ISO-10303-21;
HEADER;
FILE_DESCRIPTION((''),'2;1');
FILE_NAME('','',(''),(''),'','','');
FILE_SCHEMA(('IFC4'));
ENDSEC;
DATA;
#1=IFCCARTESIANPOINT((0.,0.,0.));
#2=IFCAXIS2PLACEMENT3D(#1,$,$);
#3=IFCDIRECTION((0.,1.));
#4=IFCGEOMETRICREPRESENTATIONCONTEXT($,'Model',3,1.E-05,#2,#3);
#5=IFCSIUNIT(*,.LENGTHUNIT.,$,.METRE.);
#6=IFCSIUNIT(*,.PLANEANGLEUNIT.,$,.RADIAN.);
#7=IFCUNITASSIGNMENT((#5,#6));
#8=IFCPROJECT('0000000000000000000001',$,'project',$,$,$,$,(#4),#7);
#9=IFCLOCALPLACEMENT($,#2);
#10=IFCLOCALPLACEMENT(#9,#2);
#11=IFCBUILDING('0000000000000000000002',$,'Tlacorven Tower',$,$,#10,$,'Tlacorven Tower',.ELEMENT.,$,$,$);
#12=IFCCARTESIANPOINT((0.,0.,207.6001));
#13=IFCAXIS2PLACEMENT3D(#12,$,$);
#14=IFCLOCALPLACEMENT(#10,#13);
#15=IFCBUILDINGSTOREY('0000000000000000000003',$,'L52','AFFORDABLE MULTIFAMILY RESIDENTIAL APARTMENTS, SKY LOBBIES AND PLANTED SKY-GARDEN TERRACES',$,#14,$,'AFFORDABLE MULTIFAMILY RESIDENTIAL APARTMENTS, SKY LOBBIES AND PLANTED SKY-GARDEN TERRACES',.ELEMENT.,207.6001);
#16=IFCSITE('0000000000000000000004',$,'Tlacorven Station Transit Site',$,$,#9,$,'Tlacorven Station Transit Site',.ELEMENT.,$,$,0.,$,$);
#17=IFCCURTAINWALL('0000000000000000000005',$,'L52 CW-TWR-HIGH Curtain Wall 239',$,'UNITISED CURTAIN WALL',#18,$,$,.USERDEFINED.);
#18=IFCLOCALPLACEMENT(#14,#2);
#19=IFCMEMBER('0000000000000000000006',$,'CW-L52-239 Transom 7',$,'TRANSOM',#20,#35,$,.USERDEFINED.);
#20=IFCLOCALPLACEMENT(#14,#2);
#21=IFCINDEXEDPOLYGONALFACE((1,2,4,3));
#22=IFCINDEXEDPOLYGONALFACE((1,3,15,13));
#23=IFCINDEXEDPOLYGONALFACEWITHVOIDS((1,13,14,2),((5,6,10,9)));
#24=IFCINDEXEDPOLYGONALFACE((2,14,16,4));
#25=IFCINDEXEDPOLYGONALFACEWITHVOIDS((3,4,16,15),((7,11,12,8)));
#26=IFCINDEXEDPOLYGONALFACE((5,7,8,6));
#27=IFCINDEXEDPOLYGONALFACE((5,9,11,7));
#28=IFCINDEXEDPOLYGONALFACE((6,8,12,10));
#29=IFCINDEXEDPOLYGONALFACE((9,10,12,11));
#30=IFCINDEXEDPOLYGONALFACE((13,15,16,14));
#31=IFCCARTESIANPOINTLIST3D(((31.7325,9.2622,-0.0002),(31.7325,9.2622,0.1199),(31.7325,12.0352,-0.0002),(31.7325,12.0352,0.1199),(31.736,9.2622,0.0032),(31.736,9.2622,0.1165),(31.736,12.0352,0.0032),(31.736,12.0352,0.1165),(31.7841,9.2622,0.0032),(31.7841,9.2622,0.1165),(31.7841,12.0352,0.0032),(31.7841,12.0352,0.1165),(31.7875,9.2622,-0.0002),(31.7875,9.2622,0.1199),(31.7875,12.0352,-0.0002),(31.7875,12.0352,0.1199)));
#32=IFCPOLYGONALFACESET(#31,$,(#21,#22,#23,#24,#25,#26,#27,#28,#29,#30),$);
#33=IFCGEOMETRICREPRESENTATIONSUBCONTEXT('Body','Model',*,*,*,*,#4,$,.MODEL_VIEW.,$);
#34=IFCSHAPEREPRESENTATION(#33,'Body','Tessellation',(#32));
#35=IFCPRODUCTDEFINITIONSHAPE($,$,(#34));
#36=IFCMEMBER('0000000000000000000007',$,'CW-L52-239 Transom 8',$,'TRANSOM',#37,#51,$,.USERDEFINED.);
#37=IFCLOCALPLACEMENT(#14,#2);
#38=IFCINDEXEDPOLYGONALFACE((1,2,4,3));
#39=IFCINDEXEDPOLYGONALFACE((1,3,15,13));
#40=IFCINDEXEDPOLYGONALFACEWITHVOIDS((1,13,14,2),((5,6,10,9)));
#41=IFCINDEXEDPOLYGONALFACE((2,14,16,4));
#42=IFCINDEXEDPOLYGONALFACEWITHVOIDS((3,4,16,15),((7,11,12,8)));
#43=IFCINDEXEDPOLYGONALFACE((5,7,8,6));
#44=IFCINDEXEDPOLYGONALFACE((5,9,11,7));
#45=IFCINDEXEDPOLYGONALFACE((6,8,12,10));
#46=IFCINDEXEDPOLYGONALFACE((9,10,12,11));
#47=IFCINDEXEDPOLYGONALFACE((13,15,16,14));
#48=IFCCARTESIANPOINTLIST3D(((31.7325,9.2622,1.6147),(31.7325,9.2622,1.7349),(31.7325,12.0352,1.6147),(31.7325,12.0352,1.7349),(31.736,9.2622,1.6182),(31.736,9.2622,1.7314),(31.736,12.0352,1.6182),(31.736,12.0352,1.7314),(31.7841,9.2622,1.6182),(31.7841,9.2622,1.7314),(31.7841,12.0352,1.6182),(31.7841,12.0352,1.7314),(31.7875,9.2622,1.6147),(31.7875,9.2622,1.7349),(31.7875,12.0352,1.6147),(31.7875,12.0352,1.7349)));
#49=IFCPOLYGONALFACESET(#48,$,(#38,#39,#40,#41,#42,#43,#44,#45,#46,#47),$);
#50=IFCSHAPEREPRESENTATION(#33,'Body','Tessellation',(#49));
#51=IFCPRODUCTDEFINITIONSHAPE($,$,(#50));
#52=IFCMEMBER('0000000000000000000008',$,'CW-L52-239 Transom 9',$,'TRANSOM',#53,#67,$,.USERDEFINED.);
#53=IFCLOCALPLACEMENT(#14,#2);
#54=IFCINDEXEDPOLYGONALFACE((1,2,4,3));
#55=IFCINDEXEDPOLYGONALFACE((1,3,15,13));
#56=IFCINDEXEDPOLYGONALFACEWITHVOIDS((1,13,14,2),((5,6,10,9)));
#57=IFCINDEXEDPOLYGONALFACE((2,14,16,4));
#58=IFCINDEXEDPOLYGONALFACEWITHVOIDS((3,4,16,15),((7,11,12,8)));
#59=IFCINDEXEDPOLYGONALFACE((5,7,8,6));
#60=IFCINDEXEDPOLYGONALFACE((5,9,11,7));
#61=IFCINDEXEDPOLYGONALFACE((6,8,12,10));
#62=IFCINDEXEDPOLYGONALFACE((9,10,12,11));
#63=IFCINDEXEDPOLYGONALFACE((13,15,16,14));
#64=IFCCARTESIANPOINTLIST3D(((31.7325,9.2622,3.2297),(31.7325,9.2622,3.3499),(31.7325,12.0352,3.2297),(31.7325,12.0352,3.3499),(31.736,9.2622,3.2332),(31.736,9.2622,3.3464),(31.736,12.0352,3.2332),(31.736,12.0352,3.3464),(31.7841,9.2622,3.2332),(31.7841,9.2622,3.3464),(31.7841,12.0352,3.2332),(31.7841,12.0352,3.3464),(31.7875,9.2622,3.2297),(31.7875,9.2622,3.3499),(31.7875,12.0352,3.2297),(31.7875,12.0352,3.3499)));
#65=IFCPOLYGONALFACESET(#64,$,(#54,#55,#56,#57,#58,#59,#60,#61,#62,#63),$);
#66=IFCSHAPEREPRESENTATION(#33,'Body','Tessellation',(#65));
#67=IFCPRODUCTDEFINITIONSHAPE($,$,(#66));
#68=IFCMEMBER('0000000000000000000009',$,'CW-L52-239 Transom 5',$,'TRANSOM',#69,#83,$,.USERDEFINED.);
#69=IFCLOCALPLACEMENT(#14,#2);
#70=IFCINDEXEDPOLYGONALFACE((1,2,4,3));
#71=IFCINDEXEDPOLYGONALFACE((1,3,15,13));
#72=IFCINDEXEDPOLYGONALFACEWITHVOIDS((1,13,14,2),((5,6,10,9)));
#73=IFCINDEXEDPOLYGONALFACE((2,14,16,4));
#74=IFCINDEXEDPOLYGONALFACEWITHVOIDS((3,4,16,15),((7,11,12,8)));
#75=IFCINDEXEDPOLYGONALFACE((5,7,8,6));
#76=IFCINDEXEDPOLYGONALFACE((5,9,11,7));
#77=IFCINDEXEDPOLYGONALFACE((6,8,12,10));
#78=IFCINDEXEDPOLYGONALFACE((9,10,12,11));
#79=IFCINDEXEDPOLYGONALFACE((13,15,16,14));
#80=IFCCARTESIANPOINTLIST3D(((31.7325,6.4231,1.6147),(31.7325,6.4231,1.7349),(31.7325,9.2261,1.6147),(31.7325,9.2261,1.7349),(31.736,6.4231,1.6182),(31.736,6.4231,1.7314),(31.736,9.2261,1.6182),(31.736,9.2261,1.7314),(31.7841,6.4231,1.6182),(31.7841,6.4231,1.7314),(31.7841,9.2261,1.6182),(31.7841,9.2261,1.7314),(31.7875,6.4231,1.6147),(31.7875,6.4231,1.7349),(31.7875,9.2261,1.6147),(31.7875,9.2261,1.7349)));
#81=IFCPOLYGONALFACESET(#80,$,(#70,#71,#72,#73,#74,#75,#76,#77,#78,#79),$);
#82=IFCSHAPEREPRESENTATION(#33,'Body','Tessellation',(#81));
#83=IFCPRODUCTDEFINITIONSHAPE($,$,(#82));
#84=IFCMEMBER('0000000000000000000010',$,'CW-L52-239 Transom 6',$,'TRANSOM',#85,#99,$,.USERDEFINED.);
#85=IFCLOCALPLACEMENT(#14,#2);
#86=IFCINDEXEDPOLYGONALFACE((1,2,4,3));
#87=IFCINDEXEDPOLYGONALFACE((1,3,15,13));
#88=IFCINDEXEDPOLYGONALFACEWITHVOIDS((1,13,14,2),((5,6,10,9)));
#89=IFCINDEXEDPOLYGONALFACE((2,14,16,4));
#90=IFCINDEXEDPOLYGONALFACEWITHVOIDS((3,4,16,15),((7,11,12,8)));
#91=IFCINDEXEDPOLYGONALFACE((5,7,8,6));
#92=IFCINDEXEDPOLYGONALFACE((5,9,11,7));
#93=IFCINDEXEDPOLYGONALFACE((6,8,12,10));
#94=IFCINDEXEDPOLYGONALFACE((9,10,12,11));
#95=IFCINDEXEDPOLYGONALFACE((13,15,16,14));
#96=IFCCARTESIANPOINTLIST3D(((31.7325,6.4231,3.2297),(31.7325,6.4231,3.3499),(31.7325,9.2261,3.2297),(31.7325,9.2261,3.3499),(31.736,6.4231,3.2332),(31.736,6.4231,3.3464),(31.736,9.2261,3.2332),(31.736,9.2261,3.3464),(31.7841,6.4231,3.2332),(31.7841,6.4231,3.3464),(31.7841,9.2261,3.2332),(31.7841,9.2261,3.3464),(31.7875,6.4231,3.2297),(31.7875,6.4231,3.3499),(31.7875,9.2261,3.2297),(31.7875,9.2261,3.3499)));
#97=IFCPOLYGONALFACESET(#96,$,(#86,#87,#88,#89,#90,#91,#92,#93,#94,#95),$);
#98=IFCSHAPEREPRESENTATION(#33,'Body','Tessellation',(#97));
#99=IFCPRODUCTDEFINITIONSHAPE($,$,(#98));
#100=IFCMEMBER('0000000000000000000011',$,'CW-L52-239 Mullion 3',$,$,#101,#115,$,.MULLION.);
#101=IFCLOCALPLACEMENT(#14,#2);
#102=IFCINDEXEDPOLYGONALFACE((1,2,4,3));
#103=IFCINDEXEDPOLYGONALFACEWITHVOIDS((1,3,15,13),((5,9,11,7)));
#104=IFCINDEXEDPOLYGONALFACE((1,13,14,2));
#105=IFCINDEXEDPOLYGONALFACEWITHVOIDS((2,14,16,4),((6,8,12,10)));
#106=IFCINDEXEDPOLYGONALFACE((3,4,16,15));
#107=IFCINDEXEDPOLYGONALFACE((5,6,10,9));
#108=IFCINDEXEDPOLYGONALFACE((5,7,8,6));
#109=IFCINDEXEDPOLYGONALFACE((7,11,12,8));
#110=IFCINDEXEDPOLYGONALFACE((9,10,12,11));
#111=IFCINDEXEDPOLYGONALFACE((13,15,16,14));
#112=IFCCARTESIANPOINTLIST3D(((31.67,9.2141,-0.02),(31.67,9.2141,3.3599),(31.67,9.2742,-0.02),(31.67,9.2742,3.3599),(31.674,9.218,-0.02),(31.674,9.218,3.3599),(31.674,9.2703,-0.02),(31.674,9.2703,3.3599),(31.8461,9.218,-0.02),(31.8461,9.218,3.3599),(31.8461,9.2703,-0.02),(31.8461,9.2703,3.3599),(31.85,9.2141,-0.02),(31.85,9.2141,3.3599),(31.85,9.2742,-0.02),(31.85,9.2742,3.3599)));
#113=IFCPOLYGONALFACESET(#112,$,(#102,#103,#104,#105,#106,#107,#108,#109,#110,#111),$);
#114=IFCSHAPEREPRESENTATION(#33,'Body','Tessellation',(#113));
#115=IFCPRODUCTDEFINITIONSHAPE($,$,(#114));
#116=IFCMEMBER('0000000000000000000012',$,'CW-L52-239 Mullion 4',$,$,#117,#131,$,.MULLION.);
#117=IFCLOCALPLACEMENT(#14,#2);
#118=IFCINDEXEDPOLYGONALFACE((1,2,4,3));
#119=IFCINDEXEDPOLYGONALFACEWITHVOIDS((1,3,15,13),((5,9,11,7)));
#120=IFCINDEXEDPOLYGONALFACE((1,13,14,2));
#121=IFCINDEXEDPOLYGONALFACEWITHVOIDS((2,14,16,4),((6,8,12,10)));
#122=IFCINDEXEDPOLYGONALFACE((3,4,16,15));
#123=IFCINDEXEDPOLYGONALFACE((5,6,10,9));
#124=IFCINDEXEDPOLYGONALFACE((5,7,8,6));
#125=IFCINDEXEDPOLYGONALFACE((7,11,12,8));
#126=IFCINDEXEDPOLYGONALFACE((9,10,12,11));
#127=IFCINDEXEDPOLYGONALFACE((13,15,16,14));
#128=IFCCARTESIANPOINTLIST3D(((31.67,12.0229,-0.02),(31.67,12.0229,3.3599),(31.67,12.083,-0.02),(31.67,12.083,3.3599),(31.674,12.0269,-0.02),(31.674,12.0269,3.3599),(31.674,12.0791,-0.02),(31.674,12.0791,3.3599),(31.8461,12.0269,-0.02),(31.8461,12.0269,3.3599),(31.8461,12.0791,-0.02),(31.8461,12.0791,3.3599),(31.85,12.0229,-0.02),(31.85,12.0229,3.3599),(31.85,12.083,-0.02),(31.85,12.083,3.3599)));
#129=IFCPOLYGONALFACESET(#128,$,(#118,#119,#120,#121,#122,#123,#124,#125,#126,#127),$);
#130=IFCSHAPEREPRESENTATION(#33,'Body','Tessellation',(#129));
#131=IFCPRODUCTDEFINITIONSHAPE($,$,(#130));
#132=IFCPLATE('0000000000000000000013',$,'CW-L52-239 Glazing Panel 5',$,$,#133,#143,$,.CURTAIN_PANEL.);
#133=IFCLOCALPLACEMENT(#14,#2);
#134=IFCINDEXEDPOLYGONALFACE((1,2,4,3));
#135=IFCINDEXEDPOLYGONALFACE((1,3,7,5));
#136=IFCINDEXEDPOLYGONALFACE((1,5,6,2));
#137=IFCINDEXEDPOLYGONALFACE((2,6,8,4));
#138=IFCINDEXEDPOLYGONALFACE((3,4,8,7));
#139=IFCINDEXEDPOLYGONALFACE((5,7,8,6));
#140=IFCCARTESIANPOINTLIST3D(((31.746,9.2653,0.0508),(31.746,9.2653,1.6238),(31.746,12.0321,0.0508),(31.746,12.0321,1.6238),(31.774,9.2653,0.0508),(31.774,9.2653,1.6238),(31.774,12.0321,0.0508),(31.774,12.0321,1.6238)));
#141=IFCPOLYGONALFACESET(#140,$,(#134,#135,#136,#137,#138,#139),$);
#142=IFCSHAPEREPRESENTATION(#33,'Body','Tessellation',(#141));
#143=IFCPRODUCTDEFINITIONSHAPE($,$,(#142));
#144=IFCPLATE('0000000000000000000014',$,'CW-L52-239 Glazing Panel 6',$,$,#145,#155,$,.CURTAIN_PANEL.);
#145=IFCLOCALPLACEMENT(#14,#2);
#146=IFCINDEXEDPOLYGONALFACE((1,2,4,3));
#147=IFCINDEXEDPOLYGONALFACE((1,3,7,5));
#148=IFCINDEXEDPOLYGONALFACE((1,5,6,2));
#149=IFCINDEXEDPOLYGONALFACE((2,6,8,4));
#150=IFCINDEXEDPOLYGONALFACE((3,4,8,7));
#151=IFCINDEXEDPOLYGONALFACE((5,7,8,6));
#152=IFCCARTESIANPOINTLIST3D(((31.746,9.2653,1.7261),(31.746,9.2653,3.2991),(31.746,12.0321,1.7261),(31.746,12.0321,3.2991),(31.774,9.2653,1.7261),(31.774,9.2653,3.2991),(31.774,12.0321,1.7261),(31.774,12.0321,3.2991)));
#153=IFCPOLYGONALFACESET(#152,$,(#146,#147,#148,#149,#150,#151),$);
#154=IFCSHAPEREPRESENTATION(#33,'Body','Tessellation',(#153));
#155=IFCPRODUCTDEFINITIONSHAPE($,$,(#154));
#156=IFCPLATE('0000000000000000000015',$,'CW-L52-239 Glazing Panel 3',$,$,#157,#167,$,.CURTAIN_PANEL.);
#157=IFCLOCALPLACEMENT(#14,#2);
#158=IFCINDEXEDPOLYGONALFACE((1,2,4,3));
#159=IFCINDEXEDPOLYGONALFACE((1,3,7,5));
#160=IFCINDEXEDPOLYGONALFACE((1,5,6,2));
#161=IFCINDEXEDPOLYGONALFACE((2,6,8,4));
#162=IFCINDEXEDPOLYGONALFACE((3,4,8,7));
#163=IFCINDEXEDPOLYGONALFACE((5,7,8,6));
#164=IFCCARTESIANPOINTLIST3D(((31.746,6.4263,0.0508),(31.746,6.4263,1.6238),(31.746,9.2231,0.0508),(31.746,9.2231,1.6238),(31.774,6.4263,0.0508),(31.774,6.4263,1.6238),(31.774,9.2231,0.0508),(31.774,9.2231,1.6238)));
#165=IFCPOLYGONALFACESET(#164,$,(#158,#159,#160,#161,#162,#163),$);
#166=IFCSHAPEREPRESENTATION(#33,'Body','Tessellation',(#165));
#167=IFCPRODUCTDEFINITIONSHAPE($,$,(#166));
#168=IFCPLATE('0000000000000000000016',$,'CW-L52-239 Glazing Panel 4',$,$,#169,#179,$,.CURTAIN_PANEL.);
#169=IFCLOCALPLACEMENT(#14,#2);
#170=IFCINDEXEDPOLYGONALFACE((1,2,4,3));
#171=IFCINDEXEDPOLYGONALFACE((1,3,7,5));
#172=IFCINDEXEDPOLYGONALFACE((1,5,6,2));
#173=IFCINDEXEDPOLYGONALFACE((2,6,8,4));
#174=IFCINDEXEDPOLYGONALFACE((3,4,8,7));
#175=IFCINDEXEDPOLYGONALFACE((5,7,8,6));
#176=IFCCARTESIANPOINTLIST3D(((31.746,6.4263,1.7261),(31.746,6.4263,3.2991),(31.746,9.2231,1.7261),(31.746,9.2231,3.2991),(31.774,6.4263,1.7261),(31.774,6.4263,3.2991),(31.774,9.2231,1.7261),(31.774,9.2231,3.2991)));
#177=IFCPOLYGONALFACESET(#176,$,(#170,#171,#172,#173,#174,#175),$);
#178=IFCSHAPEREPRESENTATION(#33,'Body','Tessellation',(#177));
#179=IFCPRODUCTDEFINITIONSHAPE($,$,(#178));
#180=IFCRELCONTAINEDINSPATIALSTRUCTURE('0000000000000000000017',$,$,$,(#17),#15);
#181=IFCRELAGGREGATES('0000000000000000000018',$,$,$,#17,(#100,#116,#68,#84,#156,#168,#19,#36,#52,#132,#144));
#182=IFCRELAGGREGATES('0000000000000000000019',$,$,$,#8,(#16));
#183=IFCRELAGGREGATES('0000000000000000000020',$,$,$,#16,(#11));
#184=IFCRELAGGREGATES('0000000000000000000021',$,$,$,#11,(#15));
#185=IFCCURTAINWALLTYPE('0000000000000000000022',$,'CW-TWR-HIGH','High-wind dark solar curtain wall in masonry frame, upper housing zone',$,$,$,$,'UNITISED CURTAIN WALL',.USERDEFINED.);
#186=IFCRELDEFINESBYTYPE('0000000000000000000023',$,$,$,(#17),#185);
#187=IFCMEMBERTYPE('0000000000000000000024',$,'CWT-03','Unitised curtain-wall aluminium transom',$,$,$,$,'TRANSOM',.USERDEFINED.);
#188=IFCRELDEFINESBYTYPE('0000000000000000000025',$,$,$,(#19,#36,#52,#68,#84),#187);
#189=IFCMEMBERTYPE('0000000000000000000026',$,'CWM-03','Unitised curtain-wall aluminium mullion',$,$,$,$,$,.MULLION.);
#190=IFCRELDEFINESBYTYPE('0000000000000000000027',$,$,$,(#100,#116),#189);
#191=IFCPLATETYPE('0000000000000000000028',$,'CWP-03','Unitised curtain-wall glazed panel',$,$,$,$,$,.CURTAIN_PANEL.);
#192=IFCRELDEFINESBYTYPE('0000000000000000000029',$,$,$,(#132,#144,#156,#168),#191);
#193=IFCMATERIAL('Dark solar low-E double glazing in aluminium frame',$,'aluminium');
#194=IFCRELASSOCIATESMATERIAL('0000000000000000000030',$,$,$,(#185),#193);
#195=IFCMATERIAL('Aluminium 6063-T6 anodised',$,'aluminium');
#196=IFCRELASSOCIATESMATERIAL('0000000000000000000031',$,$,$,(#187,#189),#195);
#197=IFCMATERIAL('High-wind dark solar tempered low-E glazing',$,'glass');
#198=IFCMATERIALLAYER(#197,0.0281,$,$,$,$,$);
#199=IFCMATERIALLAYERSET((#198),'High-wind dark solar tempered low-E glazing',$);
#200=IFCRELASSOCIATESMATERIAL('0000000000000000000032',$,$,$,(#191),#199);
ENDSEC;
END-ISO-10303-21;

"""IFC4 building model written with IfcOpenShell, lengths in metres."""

from ifc_helpers import new_model, si_unit, direction, frame, origin, origin_2d, place, context, subcontext, project, spatial, rectangle, hollow_rectangle, extrude, source, transform, mapped, material, layer, layer_set, material_profile, profile_set, type_object, element, aggregate, save


model = new_model("IFC4")

# Units and contexts
model_context = context("Model", 3, precision=1e-05, world=origin(), true_north=direction((0.0, 1.0)))
body_context = subcontext(model_context, "Body", "Model", "MODEL_VIEW")
ifc_project = project(units=[si_unit("LENGTHUNIT", "METRE"), si_unit("PLANEANGLEUNIT", "RADIAN")], contexts=[model_context])

# Site, building, storey
site_placement = place(None, origin())
site = spatial("IfcSite", under=ifc_project, at=site_placement, Name="Tlacorven Station Transit Site", LongName="Tlacorven Station Transit Site", CompositionType="ELEMENT", RefElevation=0.0)
building_placement = place(site_placement, origin())
building = spatial("IfcBuilding", under=site, at=building_placement, Name="Tlacorven Tower", LongName="Tlacorven Tower", CompositionType="ELEMENT")
storey_placement = place(building_placement, frame((0.0, 0.0, 207.6001)))
storey = spatial("IfcBuildingStorey", under=building, at=storey_placement, Name="L52", Description="AFFORDABLE MULTIFAMILY RESIDENTIAL APARTMENTS, SKY LOBBIES AND PLANTED SKY-GARDEN TERRACES", LongName="AFFORDABLE MULTIFAMILY RESIDENTIAL APARTMENTS, SKY LOBBIES AND PLANTED SKY-GARDEN TERRACES", CompositionType="ELEMENT", Elevation=207.6001)

# Curtain wall, members, plates
ifc_material_1 = material(Name="Dark solar low-E double glazing in aluminium frame", Category="aluminium")
curtain_wall_type = type_object("IfcCurtainWallType", Name="CW-TWR-HIGH", Description="High-wind dark solar curtain wall in masonry frame, upper housing zone", ElementType="UNITISED CURTAIN WALL", PredefinedType="USERDEFINED", material=ifc_material_1)
curtain_wall_placement = place(storey_placement, origin())
curtain_wall = element("IfcCurtainWall", 1, at=curtain_wall_placement, inside=storey, type_object=curtain_wall_type, Name="L52 CW-TWR-HIGH Curtain Wall 239", ObjectType="UNITISED CURTAIN WALL", PredefinedType="USERDEFINED")
ifc_material_2 = material(Name="Aluminium 6063-T6 anodised", Category="aluminium")
ifc_material_profile_1 = material_profile(ifc_material_2, hollow_rectangle(XDim=0.0549, YDim=0.1201, WallThickness=0.0034, at=origin_2d()), Name="ALU TRANSOM 55X120")
ifc_profile_set_1 = profile_set([ifc_material_profile_1], Name="Aluminium 6063-T6 anodised")
member_type_1 = type_object("IfcMemberType", Name="CWT-03", Description="Unitised curtain-wall aluminium transom", ElementType="TRANSOM", PredefinedType="USERDEFINED", material=ifc_profile_set_1)
shared_shape_1 = source(origin(), body_context, "Body", "SweptSolid", [
    extrude(hollow_rectangle(XDim=0.0549, YDim=0.1201, WallThickness=0.0034, at=origin_2d()), origin(), (0.0, 0.0, 1.0), 2.7729),
])
member_1_placement = place(storey_placement, frame((31.76, 9.2622, 0.0598), z_axis=(0.0, 1.0, 0.0), x_axis=(-1.0, 0.0, 0.0)))
member_1 = element("IfcMember", 2, at=member_1_placement, type_object=member_type_1, Name="CW-L52-239 Transom 7", ObjectType="TRANSOM", PredefinedType="USERDEFINED", context=body_context, shape_type="MappedRepresentation", body=[
    mapped(shared_shape_1, transform((0.0, 0.0, 0.0), scale=1.0)),
])
member_2_placement = place(storey_placement, frame((31.76, 9.2622, 1.6748), z_axis=(0.0, 1.0, 0.0), x_axis=(-1.0, 0.0, 0.0)))
member_2 = element("IfcMember", 3, at=member_2_placement, type_object=member_type_1, Name="CW-L52-239 Transom 8", ObjectType="TRANSOM", PredefinedType="USERDEFINED", context=body_context, shape_type="MappedRepresentation", body=[
    mapped(shared_shape_1, transform((0.0, 0.0, 0.0), scale=1.0)),
])
member_3_placement = place(storey_placement, frame((31.76, 9.2622, 3.2898), z_axis=(0.0, 1.0, 0.0), x_axis=(-1.0, 0.0, 0.0)))
member_3 = element("IfcMember", 4, at=member_3_placement, type_object=member_type_1, Name="CW-L52-239 Transom 9", ObjectType="TRANSOM", PredefinedType="USERDEFINED", context=body_context, shape_type="MappedRepresentation", body=[
    mapped(shared_shape_1, transform((0.0, 0.0, 0.0), scale=1.0)),
])
shared_shape_2 = source(origin(), body_context, "Body", "SweptSolid", [
    extrude(hollow_rectangle(XDim=0.0549, YDim=0.1201, WallThickness=0.0034, at=origin_2d()), origin(), (0.0, 0.0, 1.0), 2.803),
])
member_4_placement = place(storey_placement, frame((31.76, 6.4231, 1.6748), z_axis=(0.0, 1.0, 0.0), x_axis=(-1.0, 0.0, 0.0)))
member_4 = element("IfcMember", 5, at=member_4_placement, type_object=member_type_1, Name="CW-L52-239 Transom 5", ObjectType="TRANSOM", PredefinedType="USERDEFINED", context=body_context, shape_type="MappedRepresentation", body=[
    mapped(shared_shape_2, transform((0.0, 0.0, 0.0), scale=1.0)),
])
member_5_placement = place(storey_placement, frame((31.76, 6.4231, 3.2898), z_axis=(0.0, 1.0, 0.0), x_axis=(-1.0, 0.0, 0.0)))
member_5 = element("IfcMember", 6, at=member_5_placement, type_object=member_type_1, Name="CW-L52-239 Transom 6", ObjectType="TRANSOM", PredefinedType="USERDEFINED", context=body_context, shape_type="MappedRepresentation", body=[
    mapped(shared_shape_2, transform((0.0, 0.0, 0.0), scale=1.0)),
])
ifc_material_profile_2 = material_profile(ifc_material_2, hollow_rectangle(XDim=0.0601, YDim=0.1799, WallThickness=0.0039, at=origin_2d()), Name="ALU MULLION 60X180")
ifc_profile_set_2 = profile_set([ifc_material_profile_2], Name="Aluminium 6063-T6 anodised")
member_type_2 = type_object("IfcMemberType", Name="CWM-03", Description="Unitised curtain-wall aluminium mullion", PredefinedType="MULLION", material=ifc_profile_set_2)
shared_shape_3 = source(origin(), body_context, "Body", "SweptSolid", [
    extrude(hollow_rectangle(XDim=0.0601, YDim=0.1799, WallThickness=0.0039, at=origin_2d()), origin(), (0.0, 0.0, 1.0), 3.3799),
])
member_6_placement = place(storey_placement, frame((31.76, 9.2441, -0.02), z_axis=(0.0, 0.0, 1.0), x_axis=(0.0, 1.0, 0.0)))
member_6 = element("IfcMember", 7, at=member_6_placement, type_object=member_type_2, Name="CW-L52-239 Mullion 3", PredefinedType="MULLION", context=body_context, shape_type="MappedRepresentation", body=[
    mapped(shared_shape_3, transform((0.0, 0.0, 0.0), scale=1.0)),
])
member_7_placement = place(storey_placement, frame((31.76, 12.053, -0.02), z_axis=(0.0, 0.0, 1.0), x_axis=(0.0, 1.0, 0.0)))
member_7 = element("IfcMember", 8, at=member_7_placement, type_object=member_type_2, Name="CW-L52-239 Mullion 4", PredefinedType="MULLION", context=body_context, shape_type="MappedRepresentation", body=[
    mapped(shared_shape_3, transform((0.0, 0.0, 0.0), scale=1.0)),
])
ifc_material_3 = material(Name="High-wind dark solar tempered low-E glazing", Category="glass")
ifc_layer = layer(ifc_material_3, 0.0281)
ifc_layer_set = layer_set([ifc_layer], Name="High-wind dark solar tempered low-E glazing")
plate_type = type_object("IfcPlateType", Name="CWP-03", Description="Unitised curtain-wall glazed panel", PredefinedType="CURTAIN_PANEL", material=ifc_layer_set)
shared_shape_4 = source(origin(), body_context, "Body", "SweptSolid", [
    extrude(rectangle(XDim=2.7668, YDim=0.0281, at=origin_2d()), origin(), (0.0, 0.0, 1.0), 1.573),
])
plate_1_placement = place(storey_placement, frame((31.76, 10.6487, 0.0508), z_axis=(0.0, 0.0, 1.0), x_axis=(0.0, 1.0, 0.0)))
plate_1 = element("IfcPlate", 9, at=plate_1_placement, type_object=plate_type, Name="CW-L52-239 Glazing Panel 5", PredefinedType="CURTAIN_PANEL", context=body_context, shape_type="MappedRepresentation", body=[
    mapped(shared_shape_4, transform((0.0, 0.0, 0.0), scale=1.0)),
])
plate_2_placement = place(storey_placement, frame((31.76, 10.6487, 1.7261), z_axis=(0.0, 0.0, 1.0), x_axis=(0.0, 1.0, 0.0)))
plate_2 = element("IfcPlate", 10, at=plate_2_placement, type_object=plate_type, Name="CW-L52-239 Glazing Panel 6", PredefinedType="CURTAIN_PANEL", context=body_context, shape_type="MappedRepresentation", body=[
    mapped(shared_shape_4, transform((0.0, 0.0, 0.0), scale=1.0)),
])
shared_shape_5 = source(origin(), body_context, "Body", "SweptSolid", [
    extrude(rectangle(XDim=2.7969, YDim=0.0281, at=origin_2d()), origin(), (0.0, 0.0, 1.0), 1.573),
])
plate_3_placement = place(storey_placement, frame((31.76, 7.8247, 0.0508), z_axis=(0.0, 0.0, 1.0), x_axis=(0.0, 1.0, 0.0)))
plate_3 = element("IfcPlate", 11, at=plate_3_placement, type_object=plate_type, Name="CW-L52-239 Glazing Panel 3", PredefinedType="CURTAIN_PANEL", context=body_context, shape_type="MappedRepresentation", body=[
    mapped(shared_shape_5, transform((0.0, 0.0, 0.0), scale=1.0)),
])
plate_4_placement = place(storey_placement, frame((31.76, 7.8247, 1.7261), z_axis=(0.0, 0.0, 1.0), x_axis=(0.0, 1.0, 0.0)))
plate_4 = element("IfcPlate", 12, at=plate_4_placement, type_object=plate_type, Name="CW-L52-239 Glazing Panel 4", PredefinedType="CURTAIN_PANEL", context=body_context, shape_type="MappedRepresentation", body=[
    mapped(shared_shape_5, transform((0.0, 0.0, 0.0), scale=1.0)),
])
aggregate(curtain_wall, [member_6, member_7, member_4, member_5, plate_3, plate_4, member_1, member_2, member_3, plate_1, plate_2])

save(model, "model.ifc")
